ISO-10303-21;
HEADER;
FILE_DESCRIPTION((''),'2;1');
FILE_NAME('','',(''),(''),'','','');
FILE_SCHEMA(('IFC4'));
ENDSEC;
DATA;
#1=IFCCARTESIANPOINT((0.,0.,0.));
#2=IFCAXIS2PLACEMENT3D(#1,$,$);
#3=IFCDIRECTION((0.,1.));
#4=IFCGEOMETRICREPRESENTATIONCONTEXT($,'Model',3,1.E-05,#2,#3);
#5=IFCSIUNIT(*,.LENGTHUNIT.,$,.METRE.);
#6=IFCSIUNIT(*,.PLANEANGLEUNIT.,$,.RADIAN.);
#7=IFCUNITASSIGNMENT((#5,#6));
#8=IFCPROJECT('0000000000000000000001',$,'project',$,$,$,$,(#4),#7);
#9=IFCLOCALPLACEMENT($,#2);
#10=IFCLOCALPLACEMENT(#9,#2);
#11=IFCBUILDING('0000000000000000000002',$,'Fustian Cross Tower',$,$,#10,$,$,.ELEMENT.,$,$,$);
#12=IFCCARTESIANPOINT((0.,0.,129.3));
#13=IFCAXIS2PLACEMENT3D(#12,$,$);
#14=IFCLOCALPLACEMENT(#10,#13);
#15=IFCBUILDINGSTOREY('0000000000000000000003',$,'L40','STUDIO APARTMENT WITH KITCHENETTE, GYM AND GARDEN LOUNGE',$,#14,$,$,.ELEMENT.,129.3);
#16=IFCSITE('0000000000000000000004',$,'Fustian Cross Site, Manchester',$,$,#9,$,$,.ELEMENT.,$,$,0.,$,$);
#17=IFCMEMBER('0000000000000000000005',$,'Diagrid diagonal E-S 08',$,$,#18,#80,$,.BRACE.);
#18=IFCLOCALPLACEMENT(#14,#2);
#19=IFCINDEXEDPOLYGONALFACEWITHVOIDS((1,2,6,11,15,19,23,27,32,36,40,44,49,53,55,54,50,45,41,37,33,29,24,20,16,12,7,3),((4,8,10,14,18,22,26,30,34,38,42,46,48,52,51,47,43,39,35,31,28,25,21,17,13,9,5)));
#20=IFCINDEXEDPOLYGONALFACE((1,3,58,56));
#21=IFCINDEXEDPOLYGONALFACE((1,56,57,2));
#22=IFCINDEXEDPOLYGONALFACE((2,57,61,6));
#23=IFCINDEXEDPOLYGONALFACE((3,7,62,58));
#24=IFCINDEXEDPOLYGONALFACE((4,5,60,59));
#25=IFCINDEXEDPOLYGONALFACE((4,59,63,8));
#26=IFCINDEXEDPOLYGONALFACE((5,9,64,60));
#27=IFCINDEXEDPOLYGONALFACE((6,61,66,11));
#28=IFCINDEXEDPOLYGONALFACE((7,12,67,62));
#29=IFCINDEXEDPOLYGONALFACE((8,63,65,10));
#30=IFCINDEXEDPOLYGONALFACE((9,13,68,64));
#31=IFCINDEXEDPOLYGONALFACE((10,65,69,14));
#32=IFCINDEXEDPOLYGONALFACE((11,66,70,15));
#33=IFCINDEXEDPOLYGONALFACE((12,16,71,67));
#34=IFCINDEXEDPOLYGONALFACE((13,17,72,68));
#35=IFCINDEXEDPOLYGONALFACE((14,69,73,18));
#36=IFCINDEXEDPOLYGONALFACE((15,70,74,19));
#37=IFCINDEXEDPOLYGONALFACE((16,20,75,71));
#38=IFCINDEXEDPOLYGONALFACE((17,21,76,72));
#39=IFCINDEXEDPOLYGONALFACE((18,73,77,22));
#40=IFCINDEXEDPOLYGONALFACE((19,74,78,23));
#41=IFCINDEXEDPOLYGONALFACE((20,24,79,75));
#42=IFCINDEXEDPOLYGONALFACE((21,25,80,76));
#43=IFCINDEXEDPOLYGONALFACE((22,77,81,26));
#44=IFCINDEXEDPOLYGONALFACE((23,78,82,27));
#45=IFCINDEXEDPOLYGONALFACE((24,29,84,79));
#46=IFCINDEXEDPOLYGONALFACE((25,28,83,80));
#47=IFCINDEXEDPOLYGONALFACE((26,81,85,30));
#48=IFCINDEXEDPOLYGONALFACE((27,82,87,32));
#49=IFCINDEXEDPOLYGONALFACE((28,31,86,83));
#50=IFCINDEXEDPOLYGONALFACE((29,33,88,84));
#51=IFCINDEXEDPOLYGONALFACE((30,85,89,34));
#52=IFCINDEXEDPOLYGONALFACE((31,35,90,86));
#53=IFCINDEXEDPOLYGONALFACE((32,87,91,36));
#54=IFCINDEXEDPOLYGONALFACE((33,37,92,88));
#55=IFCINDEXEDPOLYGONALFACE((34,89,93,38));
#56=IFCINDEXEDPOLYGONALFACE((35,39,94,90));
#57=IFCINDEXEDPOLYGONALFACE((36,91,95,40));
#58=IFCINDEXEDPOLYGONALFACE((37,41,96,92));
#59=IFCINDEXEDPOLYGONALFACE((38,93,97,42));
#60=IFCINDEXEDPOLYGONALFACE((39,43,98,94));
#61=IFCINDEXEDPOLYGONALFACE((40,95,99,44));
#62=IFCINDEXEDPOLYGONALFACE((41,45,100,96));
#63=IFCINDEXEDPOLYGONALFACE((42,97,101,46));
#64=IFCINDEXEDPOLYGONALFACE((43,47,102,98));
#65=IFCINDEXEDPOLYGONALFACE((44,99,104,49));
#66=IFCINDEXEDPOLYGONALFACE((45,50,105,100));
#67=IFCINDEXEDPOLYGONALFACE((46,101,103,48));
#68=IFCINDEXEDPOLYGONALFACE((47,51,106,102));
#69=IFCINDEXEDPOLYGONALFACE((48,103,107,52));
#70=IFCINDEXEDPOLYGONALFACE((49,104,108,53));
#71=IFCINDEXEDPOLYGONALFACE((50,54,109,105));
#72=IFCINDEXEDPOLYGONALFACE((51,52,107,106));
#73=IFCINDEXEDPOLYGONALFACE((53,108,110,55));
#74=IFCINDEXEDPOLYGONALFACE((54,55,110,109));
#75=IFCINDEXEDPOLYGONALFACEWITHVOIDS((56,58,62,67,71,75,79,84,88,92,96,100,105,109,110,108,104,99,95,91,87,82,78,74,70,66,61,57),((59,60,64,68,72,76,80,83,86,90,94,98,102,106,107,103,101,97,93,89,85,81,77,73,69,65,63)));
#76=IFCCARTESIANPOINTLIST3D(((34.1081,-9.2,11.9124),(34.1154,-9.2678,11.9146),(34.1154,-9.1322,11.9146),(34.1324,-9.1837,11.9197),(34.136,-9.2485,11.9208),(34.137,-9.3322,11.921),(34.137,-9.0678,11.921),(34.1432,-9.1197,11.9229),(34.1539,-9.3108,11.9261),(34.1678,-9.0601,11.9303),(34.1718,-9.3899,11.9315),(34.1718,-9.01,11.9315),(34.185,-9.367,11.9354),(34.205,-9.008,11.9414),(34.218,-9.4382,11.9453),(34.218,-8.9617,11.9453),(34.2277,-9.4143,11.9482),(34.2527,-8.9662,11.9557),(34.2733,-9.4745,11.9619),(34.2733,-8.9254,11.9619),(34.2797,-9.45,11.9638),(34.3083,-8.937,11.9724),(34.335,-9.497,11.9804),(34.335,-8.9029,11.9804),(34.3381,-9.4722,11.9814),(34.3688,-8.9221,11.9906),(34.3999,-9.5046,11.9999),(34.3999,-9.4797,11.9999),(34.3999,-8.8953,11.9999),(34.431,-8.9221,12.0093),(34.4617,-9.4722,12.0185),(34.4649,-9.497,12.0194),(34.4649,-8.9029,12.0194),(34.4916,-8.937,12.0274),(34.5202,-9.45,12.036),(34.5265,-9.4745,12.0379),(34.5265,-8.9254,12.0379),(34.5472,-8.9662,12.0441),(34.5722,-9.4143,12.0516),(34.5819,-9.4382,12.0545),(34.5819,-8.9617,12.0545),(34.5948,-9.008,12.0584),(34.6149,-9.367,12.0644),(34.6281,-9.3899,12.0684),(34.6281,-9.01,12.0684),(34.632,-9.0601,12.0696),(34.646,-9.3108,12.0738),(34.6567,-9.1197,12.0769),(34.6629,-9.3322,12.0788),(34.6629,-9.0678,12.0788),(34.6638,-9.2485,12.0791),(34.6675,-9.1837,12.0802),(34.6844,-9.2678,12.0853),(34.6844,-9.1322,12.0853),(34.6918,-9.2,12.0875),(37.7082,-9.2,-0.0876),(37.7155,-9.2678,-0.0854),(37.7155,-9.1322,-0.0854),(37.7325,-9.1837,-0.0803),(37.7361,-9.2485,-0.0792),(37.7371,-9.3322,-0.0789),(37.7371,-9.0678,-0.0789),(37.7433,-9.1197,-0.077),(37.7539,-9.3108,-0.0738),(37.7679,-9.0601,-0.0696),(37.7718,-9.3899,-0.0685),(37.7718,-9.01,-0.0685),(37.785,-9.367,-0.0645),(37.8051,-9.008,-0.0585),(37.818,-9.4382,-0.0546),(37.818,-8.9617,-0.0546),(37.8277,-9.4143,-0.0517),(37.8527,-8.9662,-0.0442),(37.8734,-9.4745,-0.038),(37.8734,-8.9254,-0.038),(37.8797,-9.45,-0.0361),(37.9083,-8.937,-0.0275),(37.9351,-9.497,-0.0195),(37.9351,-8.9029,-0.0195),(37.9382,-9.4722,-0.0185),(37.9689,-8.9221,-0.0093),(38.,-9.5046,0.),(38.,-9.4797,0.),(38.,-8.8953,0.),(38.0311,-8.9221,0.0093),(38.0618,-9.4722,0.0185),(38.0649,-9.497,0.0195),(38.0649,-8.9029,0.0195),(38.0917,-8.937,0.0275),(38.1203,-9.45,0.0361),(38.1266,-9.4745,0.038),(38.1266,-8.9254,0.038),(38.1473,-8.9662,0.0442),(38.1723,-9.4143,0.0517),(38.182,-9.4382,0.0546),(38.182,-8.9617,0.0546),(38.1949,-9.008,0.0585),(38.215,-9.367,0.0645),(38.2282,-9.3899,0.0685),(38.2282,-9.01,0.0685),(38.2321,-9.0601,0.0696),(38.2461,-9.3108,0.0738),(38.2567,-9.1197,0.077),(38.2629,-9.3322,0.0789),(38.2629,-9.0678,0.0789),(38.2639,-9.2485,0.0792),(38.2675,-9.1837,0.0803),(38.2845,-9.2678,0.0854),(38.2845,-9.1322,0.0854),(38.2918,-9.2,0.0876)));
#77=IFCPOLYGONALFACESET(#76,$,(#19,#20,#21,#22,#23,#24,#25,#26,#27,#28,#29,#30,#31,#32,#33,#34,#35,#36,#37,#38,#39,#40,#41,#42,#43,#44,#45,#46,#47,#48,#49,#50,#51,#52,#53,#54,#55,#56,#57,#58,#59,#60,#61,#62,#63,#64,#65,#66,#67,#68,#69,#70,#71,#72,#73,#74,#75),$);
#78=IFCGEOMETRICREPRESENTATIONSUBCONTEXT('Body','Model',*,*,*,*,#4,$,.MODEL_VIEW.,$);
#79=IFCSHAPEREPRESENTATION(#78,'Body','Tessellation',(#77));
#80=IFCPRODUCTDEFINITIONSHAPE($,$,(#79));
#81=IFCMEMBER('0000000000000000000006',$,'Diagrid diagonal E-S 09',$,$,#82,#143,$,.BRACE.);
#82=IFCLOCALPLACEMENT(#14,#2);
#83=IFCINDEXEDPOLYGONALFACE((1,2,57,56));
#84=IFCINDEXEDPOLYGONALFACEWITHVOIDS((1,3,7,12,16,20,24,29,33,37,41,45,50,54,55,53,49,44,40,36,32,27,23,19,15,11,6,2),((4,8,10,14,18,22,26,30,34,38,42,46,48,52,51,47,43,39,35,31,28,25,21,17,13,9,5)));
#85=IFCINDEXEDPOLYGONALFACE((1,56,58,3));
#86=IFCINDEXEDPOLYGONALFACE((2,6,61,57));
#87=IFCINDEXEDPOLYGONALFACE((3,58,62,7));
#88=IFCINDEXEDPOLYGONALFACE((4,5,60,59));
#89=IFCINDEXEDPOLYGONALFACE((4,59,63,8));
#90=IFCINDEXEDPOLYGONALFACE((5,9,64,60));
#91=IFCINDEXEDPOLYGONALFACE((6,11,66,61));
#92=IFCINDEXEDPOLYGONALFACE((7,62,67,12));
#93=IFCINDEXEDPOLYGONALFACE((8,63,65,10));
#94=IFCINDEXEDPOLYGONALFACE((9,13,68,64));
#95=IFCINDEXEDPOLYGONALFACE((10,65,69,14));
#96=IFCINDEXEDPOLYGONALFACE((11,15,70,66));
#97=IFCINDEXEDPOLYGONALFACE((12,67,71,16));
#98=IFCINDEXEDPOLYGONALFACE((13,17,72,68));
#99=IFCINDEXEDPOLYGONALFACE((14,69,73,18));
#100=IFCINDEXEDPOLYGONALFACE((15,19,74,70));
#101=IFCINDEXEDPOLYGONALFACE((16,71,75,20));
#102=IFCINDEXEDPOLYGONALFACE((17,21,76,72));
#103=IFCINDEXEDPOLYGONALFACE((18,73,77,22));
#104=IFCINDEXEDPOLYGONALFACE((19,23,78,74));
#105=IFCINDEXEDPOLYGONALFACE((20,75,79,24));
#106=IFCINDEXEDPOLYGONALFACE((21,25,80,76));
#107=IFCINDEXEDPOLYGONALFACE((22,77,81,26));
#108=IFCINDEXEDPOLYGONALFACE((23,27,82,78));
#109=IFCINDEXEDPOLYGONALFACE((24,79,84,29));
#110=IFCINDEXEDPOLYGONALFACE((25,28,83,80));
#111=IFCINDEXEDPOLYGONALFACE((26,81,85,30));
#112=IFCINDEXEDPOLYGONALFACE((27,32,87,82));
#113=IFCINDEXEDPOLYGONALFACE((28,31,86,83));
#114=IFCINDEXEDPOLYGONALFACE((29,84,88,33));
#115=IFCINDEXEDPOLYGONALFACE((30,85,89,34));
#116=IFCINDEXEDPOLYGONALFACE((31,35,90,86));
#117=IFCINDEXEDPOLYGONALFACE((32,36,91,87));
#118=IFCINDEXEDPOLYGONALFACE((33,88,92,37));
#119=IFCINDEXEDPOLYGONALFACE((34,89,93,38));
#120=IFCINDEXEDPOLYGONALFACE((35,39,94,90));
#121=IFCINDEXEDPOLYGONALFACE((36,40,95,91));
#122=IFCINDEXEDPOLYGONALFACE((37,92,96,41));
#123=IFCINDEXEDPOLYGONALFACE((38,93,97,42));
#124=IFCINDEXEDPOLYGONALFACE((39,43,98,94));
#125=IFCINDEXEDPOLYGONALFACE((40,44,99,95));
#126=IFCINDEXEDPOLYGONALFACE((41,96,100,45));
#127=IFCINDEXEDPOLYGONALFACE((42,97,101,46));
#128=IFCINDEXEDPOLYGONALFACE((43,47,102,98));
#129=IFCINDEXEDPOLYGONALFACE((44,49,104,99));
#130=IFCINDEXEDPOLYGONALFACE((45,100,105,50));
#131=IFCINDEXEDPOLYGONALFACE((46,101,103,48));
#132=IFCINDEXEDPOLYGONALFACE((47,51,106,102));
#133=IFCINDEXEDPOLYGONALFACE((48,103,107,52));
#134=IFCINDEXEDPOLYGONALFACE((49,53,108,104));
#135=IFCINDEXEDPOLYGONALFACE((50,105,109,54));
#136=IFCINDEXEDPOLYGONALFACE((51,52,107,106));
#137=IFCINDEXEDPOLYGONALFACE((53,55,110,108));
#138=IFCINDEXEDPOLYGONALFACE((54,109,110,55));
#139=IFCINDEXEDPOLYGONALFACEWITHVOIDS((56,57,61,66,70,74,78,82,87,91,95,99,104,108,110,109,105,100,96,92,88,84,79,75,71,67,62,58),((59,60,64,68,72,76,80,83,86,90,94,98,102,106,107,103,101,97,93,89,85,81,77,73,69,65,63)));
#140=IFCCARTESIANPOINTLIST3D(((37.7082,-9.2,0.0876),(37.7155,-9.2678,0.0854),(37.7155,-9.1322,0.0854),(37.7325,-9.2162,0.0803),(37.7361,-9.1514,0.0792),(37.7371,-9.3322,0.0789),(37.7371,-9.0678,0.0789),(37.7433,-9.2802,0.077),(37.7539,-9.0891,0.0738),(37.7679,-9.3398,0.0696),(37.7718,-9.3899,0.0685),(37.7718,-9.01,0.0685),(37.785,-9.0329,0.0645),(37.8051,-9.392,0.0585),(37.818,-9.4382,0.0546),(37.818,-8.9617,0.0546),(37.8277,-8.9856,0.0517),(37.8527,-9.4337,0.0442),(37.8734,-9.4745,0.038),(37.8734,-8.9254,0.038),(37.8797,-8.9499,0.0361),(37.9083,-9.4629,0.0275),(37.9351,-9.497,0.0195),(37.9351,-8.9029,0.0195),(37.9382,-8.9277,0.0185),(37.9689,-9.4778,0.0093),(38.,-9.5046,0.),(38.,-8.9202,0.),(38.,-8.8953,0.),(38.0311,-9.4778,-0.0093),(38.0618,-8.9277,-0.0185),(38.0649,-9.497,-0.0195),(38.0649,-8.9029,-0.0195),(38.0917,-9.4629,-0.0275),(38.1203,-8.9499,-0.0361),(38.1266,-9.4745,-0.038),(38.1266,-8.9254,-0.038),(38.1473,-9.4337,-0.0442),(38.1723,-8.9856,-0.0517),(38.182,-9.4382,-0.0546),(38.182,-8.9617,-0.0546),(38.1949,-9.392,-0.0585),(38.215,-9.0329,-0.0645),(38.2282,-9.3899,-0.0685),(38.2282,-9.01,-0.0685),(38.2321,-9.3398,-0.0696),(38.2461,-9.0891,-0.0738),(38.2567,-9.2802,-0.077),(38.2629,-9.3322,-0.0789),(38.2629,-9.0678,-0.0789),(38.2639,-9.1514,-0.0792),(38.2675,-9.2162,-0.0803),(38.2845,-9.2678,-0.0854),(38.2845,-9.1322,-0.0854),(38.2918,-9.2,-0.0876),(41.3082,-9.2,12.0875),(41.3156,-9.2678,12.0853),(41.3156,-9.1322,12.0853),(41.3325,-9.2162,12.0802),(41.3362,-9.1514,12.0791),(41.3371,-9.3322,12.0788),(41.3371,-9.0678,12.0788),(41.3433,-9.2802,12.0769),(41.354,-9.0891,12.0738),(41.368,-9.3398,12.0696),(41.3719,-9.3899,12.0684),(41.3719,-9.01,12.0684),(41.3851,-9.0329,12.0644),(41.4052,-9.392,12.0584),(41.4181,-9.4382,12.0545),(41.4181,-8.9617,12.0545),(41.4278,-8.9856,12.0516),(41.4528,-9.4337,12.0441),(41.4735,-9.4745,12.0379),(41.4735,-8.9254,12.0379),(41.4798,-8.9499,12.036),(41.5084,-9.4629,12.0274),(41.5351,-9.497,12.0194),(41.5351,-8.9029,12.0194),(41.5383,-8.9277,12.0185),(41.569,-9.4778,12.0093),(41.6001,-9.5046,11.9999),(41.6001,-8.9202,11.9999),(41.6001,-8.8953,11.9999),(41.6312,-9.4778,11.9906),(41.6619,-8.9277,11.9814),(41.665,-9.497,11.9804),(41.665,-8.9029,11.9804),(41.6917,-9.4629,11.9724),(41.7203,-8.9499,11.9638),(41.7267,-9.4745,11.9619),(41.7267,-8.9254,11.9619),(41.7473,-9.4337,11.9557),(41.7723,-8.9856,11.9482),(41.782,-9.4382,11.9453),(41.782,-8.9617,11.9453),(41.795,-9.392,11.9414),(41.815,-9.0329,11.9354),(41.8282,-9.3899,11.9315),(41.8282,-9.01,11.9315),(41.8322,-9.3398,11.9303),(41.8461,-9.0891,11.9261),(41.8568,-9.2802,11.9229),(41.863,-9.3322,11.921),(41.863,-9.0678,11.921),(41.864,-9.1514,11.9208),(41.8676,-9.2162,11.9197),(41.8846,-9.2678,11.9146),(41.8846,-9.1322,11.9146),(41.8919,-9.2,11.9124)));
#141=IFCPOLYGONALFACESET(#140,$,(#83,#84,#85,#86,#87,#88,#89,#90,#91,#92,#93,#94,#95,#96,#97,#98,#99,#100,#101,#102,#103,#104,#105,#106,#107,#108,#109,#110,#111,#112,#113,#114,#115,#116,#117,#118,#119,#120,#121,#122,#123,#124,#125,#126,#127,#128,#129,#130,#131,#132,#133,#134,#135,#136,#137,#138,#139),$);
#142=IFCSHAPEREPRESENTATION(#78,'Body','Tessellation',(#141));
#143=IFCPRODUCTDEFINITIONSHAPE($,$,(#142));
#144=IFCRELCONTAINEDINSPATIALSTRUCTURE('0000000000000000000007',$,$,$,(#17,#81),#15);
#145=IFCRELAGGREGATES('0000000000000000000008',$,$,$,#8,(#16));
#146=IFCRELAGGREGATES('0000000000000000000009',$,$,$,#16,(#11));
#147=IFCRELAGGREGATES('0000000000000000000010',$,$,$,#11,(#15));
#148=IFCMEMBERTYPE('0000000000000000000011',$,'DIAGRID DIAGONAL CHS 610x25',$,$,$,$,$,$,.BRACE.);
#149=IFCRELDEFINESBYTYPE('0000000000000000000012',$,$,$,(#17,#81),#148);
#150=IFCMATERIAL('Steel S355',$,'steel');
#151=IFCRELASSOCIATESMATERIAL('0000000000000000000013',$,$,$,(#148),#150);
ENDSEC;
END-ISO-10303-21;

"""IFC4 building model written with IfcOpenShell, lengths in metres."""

from ifc_helpers import new_model, si_unit, direction, frame, origin, origin_2d, place, context, subcontext, project, spatial, hollow_circle, extrude, material, material_profile, profile_set, type_object, element, save


model = new_model("IFC4")

# Units and contexts
model_context = context("Model", 3, precision=1e-05, world=origin(), true_north=direction((0.0, 1.0)))
body_context = subcontext(model_context, "Body", "Model", "MODEL_VIEW")
ifc_project = project(units=[si_unit("LENGTHUNIT", "METRE"), si_unit("PLANEANGLEUNIT", "RADIAN")], contexts=[model_context])

# Site, building, storey
site_placement = place(None, origin())
site = spatial("IfcSite", under=ifc_project, at=site_placement, Name="Fustian Cross Site, Manchester", CompositionType="ELEMENT", RefElevation=0.0)
building_placement = place(site_placement, origin())
building = spatial("IfcBuilding", under=site, at=building_placement, Name="Fustian Cross Tower", CompositionType="ELEMENT")
storey_placement = place(building_placement, frame((0.0, 0.0, 129.3)))
storey = spatial("IfcBuildingStorey", under=building, at=storey_placement, Name="L40", Description="STUDIO APARTMENT WITH KITCHENETTE, GYM AND GARDEN LOUNGE", CompositionType="ELEMENT", Elevation=129.3)

# Members
ifc_material_1 = material(Name="Steel S355", Category="steel")
ifc_material_profile_1 = material_profile(ifc_material_1, hollow_circle(Radius=0.3047, WallThickness=0.0249, at=origin_2d()), Name="CHS 610x25")
ifc_profile_set_1 = profile_set([ifc_material_profile_1], Name="Steel S355")
member_type_1 = type_object("IfcMemberType", Name="DIAGRID DIAGONAL CHS 610x25", PredefinedType="BRACE", material=ifc_profile_set_1)
for number, where, z_axis, x_axis, name in (
    (1, (38.0, -9.2, 0.0), (-0.287355, 0.0, 0.957824), (0.0, -1.0, 0.0), "Diagrid diagonal E-S 08"),
    (2, (38.0, -9.2, 0.0), (0.287355, 0.0, 0.957824), (0.0, 1.0, 0.0), "Diagrid diagonal E-S 09"),
):
    element("IfcMember", number, at=place(storey_placement, frame(where, z_axis=z_axis, x_axis=x_axis)), inside=storey, type_object=member_type_1, Name=name, PredefinedType="BRACE", context=body_context, shape_type="SweptSolid", body=[
        extrude(hollow_circle(Radius=0.3047, WallThickness=0.0249, at=origin_2d()), origin(), (0.0, 0.0, 1.0), 12.5283),
    ])

save(model, "model.ifc")
